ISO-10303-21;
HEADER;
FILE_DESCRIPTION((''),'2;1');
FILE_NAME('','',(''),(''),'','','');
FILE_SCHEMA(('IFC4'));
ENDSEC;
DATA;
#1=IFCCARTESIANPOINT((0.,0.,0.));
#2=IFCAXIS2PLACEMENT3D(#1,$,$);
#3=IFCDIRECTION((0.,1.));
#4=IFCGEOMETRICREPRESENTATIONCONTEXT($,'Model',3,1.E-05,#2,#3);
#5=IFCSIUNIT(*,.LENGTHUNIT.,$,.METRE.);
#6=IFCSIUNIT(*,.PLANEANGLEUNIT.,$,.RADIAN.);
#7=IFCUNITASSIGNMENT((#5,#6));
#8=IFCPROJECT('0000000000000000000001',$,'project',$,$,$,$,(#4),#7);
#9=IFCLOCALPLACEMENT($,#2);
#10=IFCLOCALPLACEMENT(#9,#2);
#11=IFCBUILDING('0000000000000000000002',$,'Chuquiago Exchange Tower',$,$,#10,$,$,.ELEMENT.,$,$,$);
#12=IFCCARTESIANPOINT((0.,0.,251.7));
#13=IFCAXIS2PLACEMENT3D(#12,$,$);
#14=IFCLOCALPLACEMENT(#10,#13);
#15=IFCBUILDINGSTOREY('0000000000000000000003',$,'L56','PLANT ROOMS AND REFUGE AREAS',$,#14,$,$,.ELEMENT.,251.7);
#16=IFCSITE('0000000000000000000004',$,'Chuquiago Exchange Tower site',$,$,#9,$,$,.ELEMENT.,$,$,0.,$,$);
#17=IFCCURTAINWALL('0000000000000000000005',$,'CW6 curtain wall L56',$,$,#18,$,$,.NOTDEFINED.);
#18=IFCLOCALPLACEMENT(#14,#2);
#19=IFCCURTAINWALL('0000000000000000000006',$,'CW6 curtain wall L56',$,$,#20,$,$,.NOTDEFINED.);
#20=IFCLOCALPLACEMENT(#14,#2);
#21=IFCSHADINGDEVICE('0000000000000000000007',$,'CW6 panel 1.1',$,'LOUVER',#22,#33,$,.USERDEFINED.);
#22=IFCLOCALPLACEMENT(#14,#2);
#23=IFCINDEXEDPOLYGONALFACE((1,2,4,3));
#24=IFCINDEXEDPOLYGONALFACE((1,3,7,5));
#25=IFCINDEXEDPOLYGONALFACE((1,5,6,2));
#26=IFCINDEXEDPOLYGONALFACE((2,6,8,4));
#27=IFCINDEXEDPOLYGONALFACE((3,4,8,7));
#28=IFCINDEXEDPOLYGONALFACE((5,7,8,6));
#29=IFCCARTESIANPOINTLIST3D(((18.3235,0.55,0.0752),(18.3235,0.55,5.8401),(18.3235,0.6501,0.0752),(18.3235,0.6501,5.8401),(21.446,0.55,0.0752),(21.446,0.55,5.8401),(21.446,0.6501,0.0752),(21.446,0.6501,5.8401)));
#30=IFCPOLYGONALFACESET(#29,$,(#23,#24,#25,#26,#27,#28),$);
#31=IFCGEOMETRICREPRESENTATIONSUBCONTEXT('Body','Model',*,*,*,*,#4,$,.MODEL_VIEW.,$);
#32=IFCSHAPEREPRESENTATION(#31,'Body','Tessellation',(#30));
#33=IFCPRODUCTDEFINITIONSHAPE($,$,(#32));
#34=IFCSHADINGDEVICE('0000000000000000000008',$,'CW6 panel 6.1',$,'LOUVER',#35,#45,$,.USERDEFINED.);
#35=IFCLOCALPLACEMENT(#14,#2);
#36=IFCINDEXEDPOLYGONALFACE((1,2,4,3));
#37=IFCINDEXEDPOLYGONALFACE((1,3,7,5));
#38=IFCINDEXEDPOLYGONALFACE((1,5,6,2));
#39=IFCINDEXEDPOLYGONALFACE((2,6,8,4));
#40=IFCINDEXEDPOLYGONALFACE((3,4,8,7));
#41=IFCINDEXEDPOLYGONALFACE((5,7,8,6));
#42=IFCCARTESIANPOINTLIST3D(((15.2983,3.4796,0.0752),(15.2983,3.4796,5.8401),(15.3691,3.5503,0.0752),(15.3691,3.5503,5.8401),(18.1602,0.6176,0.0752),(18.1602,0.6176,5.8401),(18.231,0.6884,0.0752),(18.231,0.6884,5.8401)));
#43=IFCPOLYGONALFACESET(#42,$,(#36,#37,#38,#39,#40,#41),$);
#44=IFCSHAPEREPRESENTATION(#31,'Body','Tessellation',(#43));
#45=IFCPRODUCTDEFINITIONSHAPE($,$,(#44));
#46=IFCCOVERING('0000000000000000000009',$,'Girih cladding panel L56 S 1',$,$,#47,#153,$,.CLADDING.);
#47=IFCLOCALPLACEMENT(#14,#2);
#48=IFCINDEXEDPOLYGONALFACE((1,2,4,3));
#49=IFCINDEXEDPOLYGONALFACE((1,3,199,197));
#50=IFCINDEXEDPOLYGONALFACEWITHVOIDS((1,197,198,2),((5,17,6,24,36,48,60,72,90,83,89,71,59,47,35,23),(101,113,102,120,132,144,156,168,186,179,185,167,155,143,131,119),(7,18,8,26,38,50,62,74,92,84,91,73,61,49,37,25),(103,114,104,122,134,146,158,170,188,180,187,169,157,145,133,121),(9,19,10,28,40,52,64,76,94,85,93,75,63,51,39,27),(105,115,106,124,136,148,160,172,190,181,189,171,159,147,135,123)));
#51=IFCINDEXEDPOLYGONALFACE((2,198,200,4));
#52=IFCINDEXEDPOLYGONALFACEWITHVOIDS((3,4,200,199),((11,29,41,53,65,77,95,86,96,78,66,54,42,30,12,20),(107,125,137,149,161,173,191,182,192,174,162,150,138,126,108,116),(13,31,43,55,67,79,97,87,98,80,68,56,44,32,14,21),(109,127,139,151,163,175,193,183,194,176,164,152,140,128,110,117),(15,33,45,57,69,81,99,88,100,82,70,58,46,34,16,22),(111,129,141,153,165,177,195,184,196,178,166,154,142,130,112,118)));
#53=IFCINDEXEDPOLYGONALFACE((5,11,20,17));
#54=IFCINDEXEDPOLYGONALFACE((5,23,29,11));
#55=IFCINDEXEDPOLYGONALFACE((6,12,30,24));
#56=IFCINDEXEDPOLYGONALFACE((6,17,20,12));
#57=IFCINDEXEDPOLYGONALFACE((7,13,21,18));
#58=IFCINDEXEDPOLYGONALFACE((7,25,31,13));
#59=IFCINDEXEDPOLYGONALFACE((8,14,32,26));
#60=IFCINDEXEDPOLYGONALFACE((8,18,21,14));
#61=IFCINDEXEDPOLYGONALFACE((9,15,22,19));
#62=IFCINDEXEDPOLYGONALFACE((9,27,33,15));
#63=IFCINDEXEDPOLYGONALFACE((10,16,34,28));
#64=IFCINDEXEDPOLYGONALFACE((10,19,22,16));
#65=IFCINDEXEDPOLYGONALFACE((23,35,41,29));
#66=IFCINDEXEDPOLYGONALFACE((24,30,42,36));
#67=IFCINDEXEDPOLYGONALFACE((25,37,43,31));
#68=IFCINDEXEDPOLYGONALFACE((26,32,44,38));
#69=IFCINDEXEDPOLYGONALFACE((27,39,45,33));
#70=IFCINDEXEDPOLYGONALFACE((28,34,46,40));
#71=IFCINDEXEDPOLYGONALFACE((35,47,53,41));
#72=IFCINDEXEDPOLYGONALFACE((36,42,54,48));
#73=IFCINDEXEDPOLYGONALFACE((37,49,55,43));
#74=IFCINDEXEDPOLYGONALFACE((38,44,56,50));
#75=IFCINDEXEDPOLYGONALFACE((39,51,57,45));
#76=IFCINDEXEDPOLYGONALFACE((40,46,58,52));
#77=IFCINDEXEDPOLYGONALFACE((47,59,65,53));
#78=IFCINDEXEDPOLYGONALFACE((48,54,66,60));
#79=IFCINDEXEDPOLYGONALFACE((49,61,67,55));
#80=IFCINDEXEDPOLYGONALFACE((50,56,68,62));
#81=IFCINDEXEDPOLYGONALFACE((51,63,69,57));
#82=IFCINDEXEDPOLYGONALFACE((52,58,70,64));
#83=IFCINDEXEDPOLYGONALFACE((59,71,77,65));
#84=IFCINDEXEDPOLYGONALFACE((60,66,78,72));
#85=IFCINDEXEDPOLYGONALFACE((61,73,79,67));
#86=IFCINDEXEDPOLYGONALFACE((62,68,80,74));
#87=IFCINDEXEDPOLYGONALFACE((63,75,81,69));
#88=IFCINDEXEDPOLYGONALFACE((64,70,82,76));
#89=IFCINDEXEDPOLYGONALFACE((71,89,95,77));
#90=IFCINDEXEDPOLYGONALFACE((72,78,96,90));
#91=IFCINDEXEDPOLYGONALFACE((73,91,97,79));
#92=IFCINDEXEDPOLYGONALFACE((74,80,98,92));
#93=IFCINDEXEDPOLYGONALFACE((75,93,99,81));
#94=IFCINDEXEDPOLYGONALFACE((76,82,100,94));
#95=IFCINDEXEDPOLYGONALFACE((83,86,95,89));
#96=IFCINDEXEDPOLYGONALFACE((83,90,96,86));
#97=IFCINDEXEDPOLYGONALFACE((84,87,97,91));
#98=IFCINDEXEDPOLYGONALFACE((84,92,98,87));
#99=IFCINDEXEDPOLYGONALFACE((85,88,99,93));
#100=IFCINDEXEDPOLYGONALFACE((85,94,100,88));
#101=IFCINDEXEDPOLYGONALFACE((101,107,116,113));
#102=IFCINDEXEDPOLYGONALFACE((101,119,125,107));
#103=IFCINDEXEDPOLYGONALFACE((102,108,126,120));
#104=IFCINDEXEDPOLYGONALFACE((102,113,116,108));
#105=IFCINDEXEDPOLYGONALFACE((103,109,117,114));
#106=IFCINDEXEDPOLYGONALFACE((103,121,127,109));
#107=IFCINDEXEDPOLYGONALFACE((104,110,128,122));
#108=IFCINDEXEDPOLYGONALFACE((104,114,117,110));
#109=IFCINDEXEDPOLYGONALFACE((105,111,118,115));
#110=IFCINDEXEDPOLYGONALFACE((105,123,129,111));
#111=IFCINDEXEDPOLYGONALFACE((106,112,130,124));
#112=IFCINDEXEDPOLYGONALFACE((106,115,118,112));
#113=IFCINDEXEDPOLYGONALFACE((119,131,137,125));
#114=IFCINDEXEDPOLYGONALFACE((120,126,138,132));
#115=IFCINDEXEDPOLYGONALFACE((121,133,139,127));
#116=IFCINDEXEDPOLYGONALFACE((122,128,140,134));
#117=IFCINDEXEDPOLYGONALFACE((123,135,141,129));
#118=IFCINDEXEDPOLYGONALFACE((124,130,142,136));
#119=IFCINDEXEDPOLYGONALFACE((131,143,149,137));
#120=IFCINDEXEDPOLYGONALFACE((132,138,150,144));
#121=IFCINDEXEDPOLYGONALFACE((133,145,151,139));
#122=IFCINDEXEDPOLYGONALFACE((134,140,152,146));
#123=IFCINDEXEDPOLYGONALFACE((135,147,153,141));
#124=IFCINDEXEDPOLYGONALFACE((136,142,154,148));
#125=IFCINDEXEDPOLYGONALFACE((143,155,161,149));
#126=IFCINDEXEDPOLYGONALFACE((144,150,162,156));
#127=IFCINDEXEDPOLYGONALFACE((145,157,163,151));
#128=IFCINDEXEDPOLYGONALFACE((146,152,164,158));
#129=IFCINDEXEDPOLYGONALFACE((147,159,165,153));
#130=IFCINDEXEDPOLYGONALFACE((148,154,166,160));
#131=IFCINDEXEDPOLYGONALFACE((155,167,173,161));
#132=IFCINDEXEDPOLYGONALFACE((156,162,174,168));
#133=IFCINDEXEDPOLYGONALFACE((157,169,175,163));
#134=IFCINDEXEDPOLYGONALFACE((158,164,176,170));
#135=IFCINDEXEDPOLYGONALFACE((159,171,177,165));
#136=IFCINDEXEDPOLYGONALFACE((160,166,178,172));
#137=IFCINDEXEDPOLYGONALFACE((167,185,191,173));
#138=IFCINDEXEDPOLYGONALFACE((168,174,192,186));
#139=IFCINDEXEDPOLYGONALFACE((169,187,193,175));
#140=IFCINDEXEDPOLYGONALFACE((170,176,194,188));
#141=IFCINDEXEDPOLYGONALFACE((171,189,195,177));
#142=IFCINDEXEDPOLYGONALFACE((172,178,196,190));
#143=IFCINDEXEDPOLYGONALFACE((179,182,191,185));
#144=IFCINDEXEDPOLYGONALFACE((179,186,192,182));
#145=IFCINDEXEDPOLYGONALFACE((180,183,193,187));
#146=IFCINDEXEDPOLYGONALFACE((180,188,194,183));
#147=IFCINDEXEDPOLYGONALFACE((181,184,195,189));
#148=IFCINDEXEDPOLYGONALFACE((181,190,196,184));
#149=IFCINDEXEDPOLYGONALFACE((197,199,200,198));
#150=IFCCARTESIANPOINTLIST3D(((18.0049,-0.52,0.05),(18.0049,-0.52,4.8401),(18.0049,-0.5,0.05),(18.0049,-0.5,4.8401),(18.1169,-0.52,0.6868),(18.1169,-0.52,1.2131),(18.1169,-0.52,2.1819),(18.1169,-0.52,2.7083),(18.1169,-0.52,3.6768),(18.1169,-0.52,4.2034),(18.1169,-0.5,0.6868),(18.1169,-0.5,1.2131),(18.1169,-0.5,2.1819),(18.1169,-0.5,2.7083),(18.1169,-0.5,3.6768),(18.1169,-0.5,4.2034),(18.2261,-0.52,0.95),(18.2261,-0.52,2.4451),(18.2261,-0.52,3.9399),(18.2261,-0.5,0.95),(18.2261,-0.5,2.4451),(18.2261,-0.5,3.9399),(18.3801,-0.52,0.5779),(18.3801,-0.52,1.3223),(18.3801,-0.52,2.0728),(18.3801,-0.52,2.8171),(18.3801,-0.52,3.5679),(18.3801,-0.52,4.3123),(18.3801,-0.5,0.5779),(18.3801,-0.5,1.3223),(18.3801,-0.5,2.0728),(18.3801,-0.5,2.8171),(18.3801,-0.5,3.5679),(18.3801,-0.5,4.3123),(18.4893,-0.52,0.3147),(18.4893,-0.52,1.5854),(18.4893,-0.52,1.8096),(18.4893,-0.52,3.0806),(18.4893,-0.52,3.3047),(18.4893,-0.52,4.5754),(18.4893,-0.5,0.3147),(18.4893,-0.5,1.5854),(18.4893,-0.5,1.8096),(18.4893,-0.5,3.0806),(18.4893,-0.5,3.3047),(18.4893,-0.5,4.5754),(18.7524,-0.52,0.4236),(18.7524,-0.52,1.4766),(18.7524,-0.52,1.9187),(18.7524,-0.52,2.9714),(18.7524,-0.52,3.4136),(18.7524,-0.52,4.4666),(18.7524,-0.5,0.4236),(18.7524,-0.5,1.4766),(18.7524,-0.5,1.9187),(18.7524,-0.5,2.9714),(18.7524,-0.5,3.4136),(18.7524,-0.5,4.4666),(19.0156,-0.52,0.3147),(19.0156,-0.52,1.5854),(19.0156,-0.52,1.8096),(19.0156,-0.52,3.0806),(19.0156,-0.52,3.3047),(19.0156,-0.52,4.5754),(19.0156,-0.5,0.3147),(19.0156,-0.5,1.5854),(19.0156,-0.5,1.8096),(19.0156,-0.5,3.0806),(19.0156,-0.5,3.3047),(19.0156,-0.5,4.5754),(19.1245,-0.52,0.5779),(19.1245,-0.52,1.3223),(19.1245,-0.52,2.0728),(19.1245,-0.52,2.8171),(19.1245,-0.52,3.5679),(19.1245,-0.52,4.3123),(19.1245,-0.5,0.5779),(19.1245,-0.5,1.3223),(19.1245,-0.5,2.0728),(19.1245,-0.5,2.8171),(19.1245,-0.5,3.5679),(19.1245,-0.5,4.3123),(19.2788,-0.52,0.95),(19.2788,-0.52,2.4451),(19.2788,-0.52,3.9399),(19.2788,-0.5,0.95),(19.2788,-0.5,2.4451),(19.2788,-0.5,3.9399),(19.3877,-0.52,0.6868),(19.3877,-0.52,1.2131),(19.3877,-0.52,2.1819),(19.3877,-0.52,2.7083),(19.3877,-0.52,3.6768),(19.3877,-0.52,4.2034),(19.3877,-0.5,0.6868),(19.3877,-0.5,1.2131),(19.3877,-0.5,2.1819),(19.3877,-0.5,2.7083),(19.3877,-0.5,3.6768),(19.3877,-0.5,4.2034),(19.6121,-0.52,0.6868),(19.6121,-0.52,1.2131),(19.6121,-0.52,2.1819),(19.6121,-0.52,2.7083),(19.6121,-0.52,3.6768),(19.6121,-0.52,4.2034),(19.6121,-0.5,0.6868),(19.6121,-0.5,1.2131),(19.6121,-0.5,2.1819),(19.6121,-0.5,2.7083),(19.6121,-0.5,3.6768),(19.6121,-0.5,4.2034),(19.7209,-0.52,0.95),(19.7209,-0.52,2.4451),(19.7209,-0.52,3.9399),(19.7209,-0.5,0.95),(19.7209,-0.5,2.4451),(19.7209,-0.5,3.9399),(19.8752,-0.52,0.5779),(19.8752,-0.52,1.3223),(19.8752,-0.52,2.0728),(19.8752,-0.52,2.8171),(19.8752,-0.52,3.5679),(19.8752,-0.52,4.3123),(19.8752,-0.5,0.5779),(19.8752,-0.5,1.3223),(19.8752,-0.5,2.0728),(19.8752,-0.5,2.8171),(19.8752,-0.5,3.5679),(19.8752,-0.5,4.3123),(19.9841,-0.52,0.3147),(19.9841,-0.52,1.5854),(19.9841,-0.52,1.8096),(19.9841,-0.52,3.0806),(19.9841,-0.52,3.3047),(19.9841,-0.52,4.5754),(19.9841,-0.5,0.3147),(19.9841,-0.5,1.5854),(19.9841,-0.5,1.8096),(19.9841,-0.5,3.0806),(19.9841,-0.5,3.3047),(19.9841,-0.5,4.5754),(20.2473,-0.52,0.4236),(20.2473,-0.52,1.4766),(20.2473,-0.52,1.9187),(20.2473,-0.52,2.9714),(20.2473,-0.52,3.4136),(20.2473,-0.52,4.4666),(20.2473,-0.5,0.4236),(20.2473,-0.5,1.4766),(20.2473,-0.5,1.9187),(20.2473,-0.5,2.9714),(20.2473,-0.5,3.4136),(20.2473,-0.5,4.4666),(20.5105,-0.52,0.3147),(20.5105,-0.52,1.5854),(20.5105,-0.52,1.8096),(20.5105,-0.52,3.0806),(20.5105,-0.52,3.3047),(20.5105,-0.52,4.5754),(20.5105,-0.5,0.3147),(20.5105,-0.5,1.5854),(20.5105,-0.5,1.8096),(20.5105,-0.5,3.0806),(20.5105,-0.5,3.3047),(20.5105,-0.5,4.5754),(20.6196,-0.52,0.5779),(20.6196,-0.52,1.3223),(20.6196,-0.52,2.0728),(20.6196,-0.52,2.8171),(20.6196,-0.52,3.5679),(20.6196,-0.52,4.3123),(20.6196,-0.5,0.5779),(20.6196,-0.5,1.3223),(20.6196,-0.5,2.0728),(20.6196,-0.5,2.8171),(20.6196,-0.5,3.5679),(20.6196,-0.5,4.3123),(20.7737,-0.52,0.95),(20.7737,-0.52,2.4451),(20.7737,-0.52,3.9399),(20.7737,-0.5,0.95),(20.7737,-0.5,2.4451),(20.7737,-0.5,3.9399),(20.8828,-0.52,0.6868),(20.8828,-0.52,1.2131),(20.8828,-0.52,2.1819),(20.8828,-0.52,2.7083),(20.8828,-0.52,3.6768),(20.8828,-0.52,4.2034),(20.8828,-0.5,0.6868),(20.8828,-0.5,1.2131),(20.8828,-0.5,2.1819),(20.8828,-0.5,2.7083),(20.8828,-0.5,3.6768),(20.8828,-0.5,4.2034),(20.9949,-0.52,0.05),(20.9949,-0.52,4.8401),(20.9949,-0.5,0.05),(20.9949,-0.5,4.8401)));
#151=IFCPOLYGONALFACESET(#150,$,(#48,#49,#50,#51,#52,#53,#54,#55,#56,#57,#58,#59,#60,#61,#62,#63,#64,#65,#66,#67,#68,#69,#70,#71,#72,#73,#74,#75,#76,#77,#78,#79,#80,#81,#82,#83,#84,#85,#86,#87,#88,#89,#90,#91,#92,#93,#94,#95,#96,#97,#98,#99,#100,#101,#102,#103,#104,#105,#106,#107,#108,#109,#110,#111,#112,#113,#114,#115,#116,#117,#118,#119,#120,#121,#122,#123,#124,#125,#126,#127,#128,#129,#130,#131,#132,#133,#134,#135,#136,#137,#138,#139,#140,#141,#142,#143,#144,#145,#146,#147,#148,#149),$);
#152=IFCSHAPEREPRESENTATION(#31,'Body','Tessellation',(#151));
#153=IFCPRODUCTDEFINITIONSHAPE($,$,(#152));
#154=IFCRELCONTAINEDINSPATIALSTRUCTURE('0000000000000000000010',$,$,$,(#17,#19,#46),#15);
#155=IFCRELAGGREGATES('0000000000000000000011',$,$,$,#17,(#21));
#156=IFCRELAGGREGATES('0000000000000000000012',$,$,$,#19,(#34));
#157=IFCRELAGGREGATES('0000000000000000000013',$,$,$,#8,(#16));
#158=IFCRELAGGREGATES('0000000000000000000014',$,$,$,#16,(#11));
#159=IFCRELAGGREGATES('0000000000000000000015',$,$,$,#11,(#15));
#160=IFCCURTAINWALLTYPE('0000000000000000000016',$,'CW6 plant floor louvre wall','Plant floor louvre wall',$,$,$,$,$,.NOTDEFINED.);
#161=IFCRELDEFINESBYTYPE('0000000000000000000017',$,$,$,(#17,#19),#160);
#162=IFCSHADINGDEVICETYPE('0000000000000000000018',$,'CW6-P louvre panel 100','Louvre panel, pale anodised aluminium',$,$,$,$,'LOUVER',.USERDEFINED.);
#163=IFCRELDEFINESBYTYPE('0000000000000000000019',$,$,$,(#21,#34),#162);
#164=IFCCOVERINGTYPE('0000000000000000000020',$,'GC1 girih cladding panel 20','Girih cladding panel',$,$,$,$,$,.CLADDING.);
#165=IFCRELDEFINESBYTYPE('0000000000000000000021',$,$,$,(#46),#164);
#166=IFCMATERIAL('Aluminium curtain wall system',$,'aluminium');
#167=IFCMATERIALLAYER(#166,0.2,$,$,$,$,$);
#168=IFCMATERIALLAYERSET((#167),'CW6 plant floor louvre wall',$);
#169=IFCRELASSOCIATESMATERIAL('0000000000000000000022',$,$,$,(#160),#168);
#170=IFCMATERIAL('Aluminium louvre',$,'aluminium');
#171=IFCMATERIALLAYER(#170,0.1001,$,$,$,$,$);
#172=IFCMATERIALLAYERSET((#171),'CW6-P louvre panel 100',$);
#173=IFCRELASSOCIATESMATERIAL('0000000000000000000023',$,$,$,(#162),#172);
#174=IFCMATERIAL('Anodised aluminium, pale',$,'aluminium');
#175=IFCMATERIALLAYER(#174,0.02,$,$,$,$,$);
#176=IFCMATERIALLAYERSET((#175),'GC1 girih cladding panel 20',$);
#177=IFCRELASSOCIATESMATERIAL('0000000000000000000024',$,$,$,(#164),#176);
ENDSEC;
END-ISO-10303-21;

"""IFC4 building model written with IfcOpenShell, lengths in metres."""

from ifc_helpers import new_model, si_unit, direction, frame, origin, origin_2d, place, context, subcontext, project, spatial, polyline, rectangle, outline, extrude, material, layer, layer_set, type_object, element, aggregate, save


model = new_model("IFC4")

# Units and contexts
model_context = context("Model", 3, precision=1e-05, world=origin(), true_north=direction((0.0, 1.0)))
body_context = subcontext(model_context, "Body", "Model", "MODEL_VIEW")
ifc_project = project(units=[si_unit("LENGTHUNIT", "METRE"), si_unit("PLANEANGLEUNIT", "RADIAN")], contexts=[model_context])

# Site, building, storey
site_placement = place(None, origin())
site = spatial("IfcSite", under=ifc_project, at=site_placement, Name="Chuquiago Exchange Tower site", CompositionType="ELEMENT", RefElevation=0.0)
building_placement = place(site_placement, origin())
building = spatial("IfcBuilding", under=site, at=building_placement, Name="Chuquiago Exchange Tower", CompositionType="ELEMENT")
storey_placement = place(building_placement, frame((0.0, 0.0, 251.7)))
storey = spatial("IfcBuildingStorey", under=building, at=storey_placement, Name="L56", Description="PLANT ROOMS AND REFUGE AREAS", CompositionType="ELEMENT", Elevation=251.7)

# Curtain walls
ifc_material_1 = material(Name="Aluminium curtain wall system", Category="aluminium")
ifc_layer_1 = layer(ifc_material_1, 0.2)
ifc_layer_set_1 = layer_set([ifc_layer_1], Name="CW6 plant floor louvre wall")
curtain_wall_type = type_object("IfcCurtainWallType", Name="CW6 plant floor louvre wall", Description="Plant floor louvre wall", PredefinedType="NOTDEFINED", material=ifc_layer_set_1)
curtain_wall_1_placement = place(storey_placement, origin())
curtain_wall_1 = element("IfcCurtainWall", 1, at=curtain_wall_1_placement, inside=storey, type_object=curtain_wall_type, Name="CW6 curtain wall L56", PredefinedType="NOTDEFINED")
curtain_wall_2_placement = place(storey_placement, origin())
curtain_wall_2 = element("IfcCurtainWall", 2, at=curtain_wall_2_placement, inside=storey, type_object=curtain_wall_type, Name="CW6 curtain wall L56", PredefinedType="NOTDEFINED")

# Shading devices
ifc_material_2 = material(Name="Aluminium louvre", Category="aluminium")
ifc_layer_2 = layer(ifc_material_2, 0.1001)
ifc_layer_set_2 = layer_set([ifc_layer_2], Name="CW6-P louvre panel 100")
shading_device_type = type_object("IfcShadingDeviceType", Name="CW6-P louvre panel 100", Description="Louvre panel, pale anodised aluminium", ElementType="LOUVER", PredefinedType="USERDEFINED", material=ifc_layer_set_2)
shading_device_1_placement = place(storey_placement, frame((19.8848, 0.6001, 0.0752), z_axis=(0.0, 0.0, 1.0), x_axis=(1.0, 0.0, 0.0)))
shading_device_1 = element("IfcShadingDevice", 3, at=shading_device_1_placement, type_object=shading_device_type, Name="CW6 panel 1.1", ObjectType="LOUVER", PredefinedType="USERDEFINED", context=body_context, shape_type="SweptSolid", body=[
    extrude(rectangle(XDim=3.1226, YDim=0.1001, at=origin_2d()), origin(), (0.0, 0.0, 1.0), 5.7649),
])
aggregate(curtain_wall_1, [shading_device_1])
shading_device_2_placement = place(storey_placement, frame((16.7646, 2.084, 0.0752), z_axis=(0.0, 0.0, 1.0), x_axis=(0.707107, -0.707107, 0.0)))
shading_device_2 = element("IfcShadingDevice", 4, at=shading_device_2_placement, type_object=shading_device_type, Name="CW6 panel 6.1", ObjectType="LOUVER", PredefinedType="USERDEFINED", context=body_context, shape_type="SweptSolid", body=[
    extrude(rectangle(XDim=4.0474, YDim=0.1001, at=origin_2d()), origin(), (0.0, 0.0, 1.0), 5.7649),
])
aggregate(curtain_wall_2, [shading_device_2])

# Covering
ifc_material_3 = material(Name="Anodised aluminium, pale", Category="aluminium")
ifc_layer_3 = layer(ifc_material_3, 0.02)
ifc_layer_set_3 = layer_set([ifc_layer_3], Name="GC1 girih cladding panel 20")
covering_type_1 = type_object("IfcCoveringType", Name="GC1 girih cladding panel 20", Description="Girih cladding panel", PredefinedType="CLADDING", material=ifc_layer_set_3)
covering_1_placement = place(storey_placement, frame((18.0049, -0.5, 0.05), z_axis=(0.0, 0.0, 1.0), x_axis=(1.0, 0.0, 0.0)))
element("IfcCovering", 5, at=covering_1_placement, inside=storey, type_object=covering_type_1, Name="Girih cladding panel L56 S 1", PredefinedType="CLADDING", context=body_context, shape_type="SweptSolid", body=[
    extrude(outline(polyline([(0.0, 0.0), (2.99, 0.0), (2.99, 4.79), (0.0, 4.79), (0.0, 0.0)]), holes=[polyline([(1.2739, 0.8999), (1.3828, 1.1631), (1.1196, 1.2722), (1.0107, 1.5354), (0.7476, 1.4265), (0.4844, 1.5354), (0.3752, 1.2722), (0.1121, 1.1631), (0.2212, 0.8999), (0.1121, 0.6367), (0.3752, 0.5278), (0.4844, 0.2646), (0.7476, 0.3735), (1.0107, 0.2646), (1.1196, 0.5278), (1.3828, 0.6367), (1.2739, 0.8999)]), polyline([(2.7688, 0.8999), (2.8779, 1.1631), (2.6147, 1.2722), (2.5056, 1.5354), (2.2424, 1.4265), (1.9792, 1.5354), (1.8704, 1.2722), (1.6072, 1.1631), (1.7161, 0.8999), (1.6072, 0.6367), (1.8704, 0.5278), (1.9792, 0.2646), (2.2424, 0.3735), (2.5056, 0.2646), (2.6147, 0.5278), (2.8779, 0.6367), (2.7688, 0.8999)]), polyline([(1.2739, 2.395), (1.3828, 2.6582), (1.1196, 2.7671), (1.0107, 3.0305), (0.7476, 2.9214), (0.4844, 3.0305), (0.3752, 2.7671), (0.1121, 2.6582), (0.2212, 2.395), (0.1121, 2.1318), (0.3752, 2.0227), (0.4844, 1.7595), (0.7476, 1.8687), (1.0107, 1.7595), (1.1196, 2.0227), (1.3828, 2.1318), (1.2739, 2.395)]), polyline([(2.7688, 2.395), (2.8779, 2.6582), (2.6147, 2.7671), (2.5056, 3.0305), (2.2424, 2.9214), (1.9792, 3.0305), (1.8704, 2.7671), (1.6072, 2.6582), (1.7161, 2.395), (1.6072, 2.1318), (1.8704, 2.0227), (1.9792, 1.7595), (2.2424, 1.8687), (2.5056, 1.7595), (2.6147, 2.0227), (2.8779, 2.1318), (2.7688, 2.395)]), polyline([(1.2739, 3.8899), (1.3828, 4.1533), (1.1196, 4.2622), (1.0107, 4.5254), (0.7476, 4.4165), (0.4844, 4.5254), (0.3752, 4.2622), (0.1121, 4.1533), (0.2212, 3.8899), (0.1121, 3.6267), (0.3752, 3.5178), (0.4844, 3.2546), (0.7476, 3.3635), (1.0107, 3.2546), (1.1196, 3.5178), (1.3828, 3.6267), (1.2739, 3.8899)]), polyline([(2.7688, 3.8899), (2.8779, 4.1533), (2.6147, 4.2622), (2.5056, 4.5254), (2.2424, 4.4165), (1.9792, 4.5254), (1.8704, 4.2622), (1.6072, 4.1533), (1.7161, 3.8899), (1.6072, 3.6267), (1.8704, 3.5178), (1.9792, 3.2546), (2.2424, 3.3635), (2.5056, 3.2546), (2.6147, 3.5178), (2.8779, 3.6267), (2.7688, 3.8899)])]), frame((0.0, 0.0, 0.0), z_axis=(0.0, -1.0, 0.0), x_axis=(1.0, 0.0, 0.0)), (0.0, 0.0, 1.0), 0.02),
])

save(model, "model.ifc")
